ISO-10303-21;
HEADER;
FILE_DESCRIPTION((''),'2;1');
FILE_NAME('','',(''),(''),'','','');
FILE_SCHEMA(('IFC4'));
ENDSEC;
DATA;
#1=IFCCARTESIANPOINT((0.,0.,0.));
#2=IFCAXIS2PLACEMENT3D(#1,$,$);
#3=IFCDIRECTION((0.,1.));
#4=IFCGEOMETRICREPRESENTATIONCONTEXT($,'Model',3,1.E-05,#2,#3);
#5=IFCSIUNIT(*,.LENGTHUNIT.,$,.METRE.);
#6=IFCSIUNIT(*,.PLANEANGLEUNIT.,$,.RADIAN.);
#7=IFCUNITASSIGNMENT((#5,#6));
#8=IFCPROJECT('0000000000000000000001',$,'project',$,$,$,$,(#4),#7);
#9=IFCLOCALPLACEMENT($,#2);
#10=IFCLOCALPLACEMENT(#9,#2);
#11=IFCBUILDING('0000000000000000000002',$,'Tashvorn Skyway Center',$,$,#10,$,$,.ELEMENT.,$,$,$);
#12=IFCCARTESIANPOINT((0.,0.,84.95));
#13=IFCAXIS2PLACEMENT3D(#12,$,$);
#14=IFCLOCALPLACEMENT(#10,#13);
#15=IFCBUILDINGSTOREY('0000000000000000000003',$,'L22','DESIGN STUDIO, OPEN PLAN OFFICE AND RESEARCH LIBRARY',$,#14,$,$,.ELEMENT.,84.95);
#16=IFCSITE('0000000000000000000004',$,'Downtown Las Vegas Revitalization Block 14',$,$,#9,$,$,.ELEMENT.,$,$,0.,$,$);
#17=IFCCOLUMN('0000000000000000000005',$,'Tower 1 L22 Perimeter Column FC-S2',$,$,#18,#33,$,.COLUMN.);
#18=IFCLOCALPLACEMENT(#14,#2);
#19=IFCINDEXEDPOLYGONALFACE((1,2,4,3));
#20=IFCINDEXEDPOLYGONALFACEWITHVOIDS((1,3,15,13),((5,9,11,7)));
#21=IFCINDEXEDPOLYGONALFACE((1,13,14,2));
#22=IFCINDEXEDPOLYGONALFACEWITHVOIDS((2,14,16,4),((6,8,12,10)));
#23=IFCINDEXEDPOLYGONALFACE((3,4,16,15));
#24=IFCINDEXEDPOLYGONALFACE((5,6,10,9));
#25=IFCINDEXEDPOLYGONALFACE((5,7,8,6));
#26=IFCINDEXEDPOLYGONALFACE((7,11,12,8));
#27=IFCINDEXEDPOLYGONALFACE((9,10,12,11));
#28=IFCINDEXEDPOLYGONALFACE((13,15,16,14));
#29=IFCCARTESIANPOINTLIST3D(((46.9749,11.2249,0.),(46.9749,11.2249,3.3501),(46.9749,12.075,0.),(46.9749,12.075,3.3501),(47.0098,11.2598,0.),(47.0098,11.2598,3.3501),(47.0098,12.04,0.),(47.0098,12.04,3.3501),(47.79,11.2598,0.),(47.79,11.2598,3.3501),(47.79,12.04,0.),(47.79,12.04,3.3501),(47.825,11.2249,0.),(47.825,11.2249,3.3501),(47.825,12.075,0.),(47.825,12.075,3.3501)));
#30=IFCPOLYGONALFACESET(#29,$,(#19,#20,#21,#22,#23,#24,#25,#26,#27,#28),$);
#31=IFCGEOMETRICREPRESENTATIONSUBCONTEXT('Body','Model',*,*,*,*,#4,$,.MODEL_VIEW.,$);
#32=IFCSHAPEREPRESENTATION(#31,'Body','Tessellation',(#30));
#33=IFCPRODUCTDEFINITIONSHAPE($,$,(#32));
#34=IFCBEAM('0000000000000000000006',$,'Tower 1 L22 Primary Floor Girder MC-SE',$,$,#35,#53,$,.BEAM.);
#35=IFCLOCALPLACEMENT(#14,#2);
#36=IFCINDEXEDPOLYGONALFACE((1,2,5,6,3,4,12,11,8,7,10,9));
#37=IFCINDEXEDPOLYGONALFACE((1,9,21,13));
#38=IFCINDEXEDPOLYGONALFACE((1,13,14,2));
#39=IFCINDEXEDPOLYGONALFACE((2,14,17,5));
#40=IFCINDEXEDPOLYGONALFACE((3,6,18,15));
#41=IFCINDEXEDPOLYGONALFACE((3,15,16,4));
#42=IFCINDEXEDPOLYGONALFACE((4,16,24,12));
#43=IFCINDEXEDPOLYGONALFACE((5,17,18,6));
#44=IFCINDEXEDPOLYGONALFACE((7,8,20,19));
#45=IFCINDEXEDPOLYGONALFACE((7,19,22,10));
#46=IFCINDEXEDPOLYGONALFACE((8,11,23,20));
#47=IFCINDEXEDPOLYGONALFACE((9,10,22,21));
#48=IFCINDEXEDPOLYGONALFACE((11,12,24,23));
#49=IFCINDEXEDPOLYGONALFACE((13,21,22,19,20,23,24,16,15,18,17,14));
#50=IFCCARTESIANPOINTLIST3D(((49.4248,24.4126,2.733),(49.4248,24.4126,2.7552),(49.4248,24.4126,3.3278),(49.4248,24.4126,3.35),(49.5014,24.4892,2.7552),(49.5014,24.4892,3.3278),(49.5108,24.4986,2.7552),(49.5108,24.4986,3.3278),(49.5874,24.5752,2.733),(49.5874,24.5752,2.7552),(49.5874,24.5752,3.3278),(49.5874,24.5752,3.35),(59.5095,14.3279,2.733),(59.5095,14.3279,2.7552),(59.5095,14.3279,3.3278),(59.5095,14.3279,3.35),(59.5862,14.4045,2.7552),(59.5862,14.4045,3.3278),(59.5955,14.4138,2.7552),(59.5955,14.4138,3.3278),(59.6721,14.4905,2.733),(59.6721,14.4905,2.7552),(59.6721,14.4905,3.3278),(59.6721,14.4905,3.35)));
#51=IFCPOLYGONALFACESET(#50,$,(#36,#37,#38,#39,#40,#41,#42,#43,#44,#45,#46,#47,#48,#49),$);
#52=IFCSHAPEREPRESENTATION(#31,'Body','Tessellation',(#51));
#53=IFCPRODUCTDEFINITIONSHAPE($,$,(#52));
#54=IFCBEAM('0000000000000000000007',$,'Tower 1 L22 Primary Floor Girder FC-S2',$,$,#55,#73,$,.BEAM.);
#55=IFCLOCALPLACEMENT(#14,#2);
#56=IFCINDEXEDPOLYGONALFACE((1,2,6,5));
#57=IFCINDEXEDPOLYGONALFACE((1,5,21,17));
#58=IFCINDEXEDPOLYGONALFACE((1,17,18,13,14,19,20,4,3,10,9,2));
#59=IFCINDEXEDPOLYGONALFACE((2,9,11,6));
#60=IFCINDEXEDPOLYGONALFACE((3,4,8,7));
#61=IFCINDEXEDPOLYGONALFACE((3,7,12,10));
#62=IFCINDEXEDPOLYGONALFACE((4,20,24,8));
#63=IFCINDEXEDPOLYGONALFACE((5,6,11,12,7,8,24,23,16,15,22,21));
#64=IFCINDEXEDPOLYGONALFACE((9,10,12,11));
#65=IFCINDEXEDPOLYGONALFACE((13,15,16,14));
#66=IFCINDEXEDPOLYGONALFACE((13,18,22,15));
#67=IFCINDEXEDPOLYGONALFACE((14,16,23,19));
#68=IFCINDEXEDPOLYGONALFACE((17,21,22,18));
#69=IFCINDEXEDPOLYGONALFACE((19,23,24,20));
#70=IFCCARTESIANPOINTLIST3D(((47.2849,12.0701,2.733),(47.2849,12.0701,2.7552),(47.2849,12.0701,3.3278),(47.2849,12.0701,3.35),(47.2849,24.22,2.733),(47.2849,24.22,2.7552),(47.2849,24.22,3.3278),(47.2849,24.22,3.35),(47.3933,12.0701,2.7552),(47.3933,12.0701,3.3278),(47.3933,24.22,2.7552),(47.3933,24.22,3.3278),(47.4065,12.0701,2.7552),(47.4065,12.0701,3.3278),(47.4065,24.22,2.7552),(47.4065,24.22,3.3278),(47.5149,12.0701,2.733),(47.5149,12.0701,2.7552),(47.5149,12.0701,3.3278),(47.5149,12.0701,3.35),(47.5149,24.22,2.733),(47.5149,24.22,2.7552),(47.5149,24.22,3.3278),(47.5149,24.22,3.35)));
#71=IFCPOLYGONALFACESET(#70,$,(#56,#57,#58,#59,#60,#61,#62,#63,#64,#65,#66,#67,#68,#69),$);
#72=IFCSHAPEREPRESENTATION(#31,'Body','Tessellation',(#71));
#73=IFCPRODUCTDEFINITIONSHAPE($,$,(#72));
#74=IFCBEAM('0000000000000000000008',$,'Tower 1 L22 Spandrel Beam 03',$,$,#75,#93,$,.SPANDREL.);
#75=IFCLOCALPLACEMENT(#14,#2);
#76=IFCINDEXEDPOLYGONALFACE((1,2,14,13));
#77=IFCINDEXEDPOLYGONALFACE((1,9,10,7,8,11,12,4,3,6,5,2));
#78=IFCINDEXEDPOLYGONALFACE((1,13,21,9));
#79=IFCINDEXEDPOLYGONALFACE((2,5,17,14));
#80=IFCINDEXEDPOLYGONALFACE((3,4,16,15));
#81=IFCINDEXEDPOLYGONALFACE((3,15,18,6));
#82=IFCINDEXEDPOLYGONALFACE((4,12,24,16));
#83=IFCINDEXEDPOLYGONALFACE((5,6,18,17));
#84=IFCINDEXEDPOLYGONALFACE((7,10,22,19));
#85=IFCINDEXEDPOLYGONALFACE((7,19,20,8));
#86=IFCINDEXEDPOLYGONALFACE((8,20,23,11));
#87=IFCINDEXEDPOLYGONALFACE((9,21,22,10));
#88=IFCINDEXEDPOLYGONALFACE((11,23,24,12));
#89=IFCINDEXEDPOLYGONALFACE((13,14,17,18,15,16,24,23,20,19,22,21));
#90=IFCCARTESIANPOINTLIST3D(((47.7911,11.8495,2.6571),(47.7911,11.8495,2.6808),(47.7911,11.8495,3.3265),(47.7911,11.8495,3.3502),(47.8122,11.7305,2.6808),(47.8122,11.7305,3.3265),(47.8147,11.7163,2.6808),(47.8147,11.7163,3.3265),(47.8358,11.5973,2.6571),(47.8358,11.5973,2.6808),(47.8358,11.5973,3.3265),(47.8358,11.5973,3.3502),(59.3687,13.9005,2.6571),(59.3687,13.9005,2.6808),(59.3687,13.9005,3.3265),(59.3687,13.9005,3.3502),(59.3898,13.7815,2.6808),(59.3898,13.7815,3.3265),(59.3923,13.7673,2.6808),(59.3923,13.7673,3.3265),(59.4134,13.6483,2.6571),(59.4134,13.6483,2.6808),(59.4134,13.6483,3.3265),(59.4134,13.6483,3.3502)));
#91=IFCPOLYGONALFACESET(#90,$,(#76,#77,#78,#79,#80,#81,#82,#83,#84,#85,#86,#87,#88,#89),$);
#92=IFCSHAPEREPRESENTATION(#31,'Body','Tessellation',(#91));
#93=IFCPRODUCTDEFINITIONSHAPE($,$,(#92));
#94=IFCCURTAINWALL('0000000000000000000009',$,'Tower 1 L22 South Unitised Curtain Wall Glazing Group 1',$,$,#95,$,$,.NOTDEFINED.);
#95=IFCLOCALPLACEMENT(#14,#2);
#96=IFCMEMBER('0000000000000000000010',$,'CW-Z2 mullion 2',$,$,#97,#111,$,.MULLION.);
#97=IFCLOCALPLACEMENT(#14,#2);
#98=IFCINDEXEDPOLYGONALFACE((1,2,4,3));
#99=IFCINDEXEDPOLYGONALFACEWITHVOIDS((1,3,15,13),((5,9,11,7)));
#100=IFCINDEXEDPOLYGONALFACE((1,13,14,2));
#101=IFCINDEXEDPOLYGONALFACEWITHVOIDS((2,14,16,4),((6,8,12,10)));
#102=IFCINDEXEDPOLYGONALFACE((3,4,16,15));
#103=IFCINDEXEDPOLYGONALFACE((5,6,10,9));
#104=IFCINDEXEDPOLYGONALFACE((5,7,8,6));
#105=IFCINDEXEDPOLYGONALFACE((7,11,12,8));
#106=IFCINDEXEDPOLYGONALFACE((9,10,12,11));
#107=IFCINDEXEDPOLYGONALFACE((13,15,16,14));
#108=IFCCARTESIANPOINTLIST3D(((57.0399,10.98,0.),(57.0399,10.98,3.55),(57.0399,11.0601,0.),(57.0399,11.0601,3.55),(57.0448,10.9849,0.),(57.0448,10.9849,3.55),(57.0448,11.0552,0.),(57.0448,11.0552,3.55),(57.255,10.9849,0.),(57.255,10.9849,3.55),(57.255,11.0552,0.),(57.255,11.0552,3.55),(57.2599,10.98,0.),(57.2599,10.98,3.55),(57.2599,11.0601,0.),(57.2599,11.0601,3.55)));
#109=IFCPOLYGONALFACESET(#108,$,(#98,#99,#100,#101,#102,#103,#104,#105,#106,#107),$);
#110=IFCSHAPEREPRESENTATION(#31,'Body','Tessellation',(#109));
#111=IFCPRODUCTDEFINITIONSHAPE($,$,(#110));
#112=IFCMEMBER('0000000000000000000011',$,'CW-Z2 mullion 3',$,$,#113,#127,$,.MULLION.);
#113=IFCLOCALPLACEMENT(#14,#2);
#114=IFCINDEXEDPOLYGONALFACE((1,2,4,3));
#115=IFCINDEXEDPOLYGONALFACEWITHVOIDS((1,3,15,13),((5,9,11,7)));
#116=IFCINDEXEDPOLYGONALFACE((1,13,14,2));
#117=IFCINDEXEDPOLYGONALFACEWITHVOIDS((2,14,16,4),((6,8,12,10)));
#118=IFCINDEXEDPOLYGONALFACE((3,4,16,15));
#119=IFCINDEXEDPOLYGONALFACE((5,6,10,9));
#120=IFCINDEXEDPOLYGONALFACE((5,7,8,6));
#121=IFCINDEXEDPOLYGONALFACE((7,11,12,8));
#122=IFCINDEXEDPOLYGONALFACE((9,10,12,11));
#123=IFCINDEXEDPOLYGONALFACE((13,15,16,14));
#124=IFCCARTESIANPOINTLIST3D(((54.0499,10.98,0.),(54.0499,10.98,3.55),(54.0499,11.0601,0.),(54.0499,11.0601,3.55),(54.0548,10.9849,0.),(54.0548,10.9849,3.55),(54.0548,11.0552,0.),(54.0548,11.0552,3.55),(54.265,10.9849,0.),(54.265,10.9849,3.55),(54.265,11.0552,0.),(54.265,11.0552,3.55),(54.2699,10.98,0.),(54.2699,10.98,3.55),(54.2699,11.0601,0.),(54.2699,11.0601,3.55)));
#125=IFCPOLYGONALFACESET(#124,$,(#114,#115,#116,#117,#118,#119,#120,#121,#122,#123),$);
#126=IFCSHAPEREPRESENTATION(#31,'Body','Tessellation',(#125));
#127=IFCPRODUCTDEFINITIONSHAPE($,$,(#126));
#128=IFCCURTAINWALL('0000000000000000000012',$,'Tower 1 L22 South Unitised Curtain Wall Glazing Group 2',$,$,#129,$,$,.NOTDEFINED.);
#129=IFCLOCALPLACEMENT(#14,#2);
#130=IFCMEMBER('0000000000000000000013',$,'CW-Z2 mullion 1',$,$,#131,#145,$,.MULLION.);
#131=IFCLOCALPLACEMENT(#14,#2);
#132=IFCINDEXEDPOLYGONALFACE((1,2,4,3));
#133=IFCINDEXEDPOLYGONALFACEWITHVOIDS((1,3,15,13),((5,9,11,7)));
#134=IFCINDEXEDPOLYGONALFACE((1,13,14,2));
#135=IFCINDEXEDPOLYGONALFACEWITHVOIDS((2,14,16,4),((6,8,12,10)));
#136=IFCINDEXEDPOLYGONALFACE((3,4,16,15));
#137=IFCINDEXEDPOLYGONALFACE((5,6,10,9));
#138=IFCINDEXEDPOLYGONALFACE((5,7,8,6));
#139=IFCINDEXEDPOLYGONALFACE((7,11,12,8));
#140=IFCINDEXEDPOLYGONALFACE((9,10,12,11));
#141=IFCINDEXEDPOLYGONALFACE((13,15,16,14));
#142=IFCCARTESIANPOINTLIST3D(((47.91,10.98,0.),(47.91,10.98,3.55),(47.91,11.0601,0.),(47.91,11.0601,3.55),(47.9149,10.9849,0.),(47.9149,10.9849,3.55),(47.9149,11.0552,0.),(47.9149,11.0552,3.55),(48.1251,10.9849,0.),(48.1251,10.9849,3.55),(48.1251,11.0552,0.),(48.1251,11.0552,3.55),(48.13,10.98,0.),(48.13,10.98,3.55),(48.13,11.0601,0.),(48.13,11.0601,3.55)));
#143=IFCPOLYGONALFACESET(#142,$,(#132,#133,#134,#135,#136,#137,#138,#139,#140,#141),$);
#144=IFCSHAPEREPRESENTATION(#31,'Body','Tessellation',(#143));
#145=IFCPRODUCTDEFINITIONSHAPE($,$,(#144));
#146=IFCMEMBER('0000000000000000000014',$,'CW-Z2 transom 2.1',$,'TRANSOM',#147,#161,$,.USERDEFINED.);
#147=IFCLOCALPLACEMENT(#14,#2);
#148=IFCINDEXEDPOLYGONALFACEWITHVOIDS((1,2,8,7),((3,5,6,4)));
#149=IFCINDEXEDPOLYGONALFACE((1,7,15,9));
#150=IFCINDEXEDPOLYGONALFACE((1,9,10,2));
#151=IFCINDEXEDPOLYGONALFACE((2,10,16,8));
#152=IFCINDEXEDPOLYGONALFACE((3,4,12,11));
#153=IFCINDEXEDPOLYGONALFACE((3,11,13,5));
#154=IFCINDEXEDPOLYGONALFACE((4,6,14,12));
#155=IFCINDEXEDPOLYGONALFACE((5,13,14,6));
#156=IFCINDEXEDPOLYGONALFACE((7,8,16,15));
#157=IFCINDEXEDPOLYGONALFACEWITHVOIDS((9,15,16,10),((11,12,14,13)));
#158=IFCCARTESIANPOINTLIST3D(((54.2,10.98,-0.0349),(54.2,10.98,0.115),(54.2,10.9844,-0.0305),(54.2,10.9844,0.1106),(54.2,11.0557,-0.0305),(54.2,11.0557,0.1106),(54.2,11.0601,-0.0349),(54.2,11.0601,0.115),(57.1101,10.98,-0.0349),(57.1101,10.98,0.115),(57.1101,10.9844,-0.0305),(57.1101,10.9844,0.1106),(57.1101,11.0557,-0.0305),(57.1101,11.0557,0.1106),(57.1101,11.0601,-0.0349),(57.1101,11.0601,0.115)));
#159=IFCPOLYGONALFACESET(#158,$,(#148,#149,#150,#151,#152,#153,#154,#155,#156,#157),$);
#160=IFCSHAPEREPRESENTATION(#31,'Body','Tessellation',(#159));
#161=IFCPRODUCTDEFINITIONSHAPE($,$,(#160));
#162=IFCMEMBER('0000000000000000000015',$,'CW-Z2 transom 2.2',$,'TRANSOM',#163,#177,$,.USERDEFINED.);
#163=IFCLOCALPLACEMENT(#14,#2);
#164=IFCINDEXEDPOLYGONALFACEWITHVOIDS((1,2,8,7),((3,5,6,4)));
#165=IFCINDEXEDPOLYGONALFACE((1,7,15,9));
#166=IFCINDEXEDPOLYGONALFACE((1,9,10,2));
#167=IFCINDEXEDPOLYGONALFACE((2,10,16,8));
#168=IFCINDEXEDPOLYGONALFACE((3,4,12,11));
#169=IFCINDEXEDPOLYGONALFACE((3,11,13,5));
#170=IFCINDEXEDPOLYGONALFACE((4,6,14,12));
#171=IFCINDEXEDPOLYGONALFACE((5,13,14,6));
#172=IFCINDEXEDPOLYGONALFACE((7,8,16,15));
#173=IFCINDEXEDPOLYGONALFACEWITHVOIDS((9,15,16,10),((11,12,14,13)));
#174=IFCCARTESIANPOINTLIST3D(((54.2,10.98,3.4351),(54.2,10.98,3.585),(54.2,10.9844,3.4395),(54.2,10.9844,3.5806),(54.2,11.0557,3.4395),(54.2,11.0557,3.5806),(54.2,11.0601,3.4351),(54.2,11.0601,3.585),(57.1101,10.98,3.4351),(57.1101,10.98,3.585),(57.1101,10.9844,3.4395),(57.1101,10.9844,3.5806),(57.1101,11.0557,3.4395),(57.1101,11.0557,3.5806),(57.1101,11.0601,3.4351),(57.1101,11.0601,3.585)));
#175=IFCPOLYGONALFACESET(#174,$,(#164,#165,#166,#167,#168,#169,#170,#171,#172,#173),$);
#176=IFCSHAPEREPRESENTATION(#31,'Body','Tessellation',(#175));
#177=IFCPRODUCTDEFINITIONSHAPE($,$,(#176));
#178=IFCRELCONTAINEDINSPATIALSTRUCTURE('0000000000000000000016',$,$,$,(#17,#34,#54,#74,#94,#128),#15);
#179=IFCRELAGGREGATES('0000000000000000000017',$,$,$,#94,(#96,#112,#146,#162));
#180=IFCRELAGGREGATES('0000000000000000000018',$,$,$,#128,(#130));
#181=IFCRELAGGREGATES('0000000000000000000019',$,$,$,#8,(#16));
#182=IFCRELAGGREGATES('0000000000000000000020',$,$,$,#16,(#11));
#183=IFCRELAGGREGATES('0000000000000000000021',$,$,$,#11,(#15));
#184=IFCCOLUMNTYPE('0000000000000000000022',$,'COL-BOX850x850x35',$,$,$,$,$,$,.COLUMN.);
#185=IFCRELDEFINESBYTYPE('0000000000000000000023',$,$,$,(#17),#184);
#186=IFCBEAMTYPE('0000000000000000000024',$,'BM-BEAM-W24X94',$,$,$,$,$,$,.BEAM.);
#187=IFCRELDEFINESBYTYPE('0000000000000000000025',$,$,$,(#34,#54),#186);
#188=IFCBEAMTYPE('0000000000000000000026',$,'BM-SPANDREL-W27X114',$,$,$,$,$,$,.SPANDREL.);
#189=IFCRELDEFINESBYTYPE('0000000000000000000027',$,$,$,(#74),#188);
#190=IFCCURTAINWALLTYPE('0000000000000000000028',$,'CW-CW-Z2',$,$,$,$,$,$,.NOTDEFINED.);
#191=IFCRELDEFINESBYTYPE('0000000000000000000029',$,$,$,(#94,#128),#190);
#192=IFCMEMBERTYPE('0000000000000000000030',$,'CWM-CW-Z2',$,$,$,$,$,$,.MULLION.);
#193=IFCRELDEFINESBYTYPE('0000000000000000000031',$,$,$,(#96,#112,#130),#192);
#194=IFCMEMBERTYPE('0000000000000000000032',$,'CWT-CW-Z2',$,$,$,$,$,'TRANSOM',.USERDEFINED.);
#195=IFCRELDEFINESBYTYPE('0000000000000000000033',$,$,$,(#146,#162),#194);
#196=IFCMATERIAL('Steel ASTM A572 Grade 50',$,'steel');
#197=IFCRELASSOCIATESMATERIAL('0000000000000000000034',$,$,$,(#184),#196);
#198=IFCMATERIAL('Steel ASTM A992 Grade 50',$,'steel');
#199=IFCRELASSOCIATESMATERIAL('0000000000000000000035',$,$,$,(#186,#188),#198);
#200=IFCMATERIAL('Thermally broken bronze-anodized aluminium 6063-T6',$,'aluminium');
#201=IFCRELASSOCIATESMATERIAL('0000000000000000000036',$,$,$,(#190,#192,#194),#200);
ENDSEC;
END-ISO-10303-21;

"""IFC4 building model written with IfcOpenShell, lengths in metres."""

from ifc_helpers import new_model, si_unit, direction, frame, origin, origin_2d, place, context, subcontext, project, spatial, hollow_rectangle, i_section, extrude, material, material_profile, profile_set, type_object, element, aggregate, save


model = new_model("IFC4")

# Units and contexts
model_context = context("Model", 3, precision=1e-05, world=origin(), true_north=direction((0.0, 1.0)))
body_context = subcontext(model_context, "Body", "Model", "MODEL_VIEW")
ifc_project = project(units=[si_unit("LENGTHUNIT", "METRE"), si_unit("PLANEANGLEUNIT", "RADIAN")], contexts=[model_context])

# Site, building, storey
site_placement = place(None, origin())
site = spatial("IfcSite", under=ifc_project, at=site_placement, Name="Downtown Las Vegas Revitalization Block 14", CompositionType="ELEMENT", RefElevation=0.0)
building_placement = place(site_placement, origin())
building = spatial("IfcBuilding", under=site, at=building_placement, Name="Tashvorn Skyway Center", CompositionType="ELEMENT")
storey_placement = place(building_placement, frame((0.0, 0.0, 84.95)))
storey = spatial("IfcBuildingStorey", under=building, at=storey_placement, Name="L22", Description="DESIGN STUDIO, OPEN PLAN OFFICE AND RESEARCH LIBRARY", CompositionType="ELEMENT", Elevation=84.95)

# Column
ifc_material_1 = material(Name="Steel ASTM A572 Grade 50", Category="steel")
ifc_material_profile_1 = material_profile(ifc_material_1, hollow_rectangle(XDim=0.8501, YDim=0.8501, WallThickness=0.0349, at=origin_2d()), Name="BOX850x850x35")
ifc_profile_set_1 = profile_set([ifc_material_profile_1], Name="Steel ASTM A572 Grade 50")
column_type = type_object("IfcColumnType", Name="COL-BOX850x850x35", PredefinedType="COLUMN", material=ifc_profile_set_1)
column_placement = place(storey_placement, frame((47.3999, 11.6499, 0.0), z_axis=(0.0, 0.0, 1.0), x_axis=(1.0, 0.0, 0.0)))
element("IfcColumn", 1, at=column_placement, inside=storey, type_object=column_type, Name="Tower 1 L22 Perimeter Column FC-S2", PredefinedType="COLUMN", context=body_context, shape_type="SweptSolid", body=[
    extrude(hollow_rectangle(XDim=0.8501, YDim=0.8501, WallThickness=0.0349, at=origin_2d()), origin(), (0.0, 0.0, 1.0), 3.3501),
])

# Beams
ifc_material_2 = material(Name="Steel ASTM A992 Grade 50", Category="steel")
ifc_material_profile_2 = material_profile(ifc_material_2, i_section(OverallWidth=0.23, OverallDepth=0.6169, WebThickness=0.0132, FlangeThickness=0.0222, at=origin_2d()), Name="W24X94")
ifc_profile_set_2 = profile_set([ifc_material_profile_2], Name="Steel ASTM A992 Grade 50")
beam_type_1 = type_object("IfcBeamType", Name="BM-BEAM-W24X94", PredefinedType="BEAM", material=ifc_profile_set_2)
beam_1_placement = place(storey_placement, frame((59.5908, 14.4092, 3.0415), z_axis=(-0.707107, 0.707107, 0.0), x_axis=(-0.707107, -0.707107, 0.0)))
element("IfcBeam", 2, at=beam_1_placement, inside=storey, type_object=beam_type_1, Name="Tower 1 L22 Primary Floor Girder MC-SE", PredefinedType="BEAM", context=body_context, shape_type="SweptSolid", body=[
    extrude(i_section(OverallWidth=0.23, OverallDepth=0.6169, WebThickness=0.0132, FlangeThickness=0.0222, at=origin_2d()), origin(), (0.0, 0.0, 1.0), 14.262),
])
beam_2_placement = place(storey_placement, frame((47.3999, 12.0701, 3.0415), z_axis=(0.0, 1.0, 0.0), x_axis=(-1.0, 0.0, 0.0)))
element("IfcBeam", 3, at=beam_2_placement, inside=storey, type_object=beam_type_1, Name="Tower 1 L22 Primary Floor Girder FC-S2", PredefinedType="BEAM", context=body_context, shape_type="SweptSolid", body=[
    extrude(i_section(OverallWidth=0.23, OverallDepth=0.6169, WebThickness=0.0132, FlangeThickness=0.0222, at=origin_2d()), origin(), (0.0, 0.0, 1.0), 12.1499),
])
ifc_material_profile_3 = material_profile(ifc_material_2, i_section(OverallWidth=0.2561, OverallDepth=0.6931, WebThickness=0.0144, FlangeThickness=0.0237, at=origin_2d()), Name="W27X114")
ifc_profile_set_3 = profile_set([ifc_material_profile_3], Name="Steel ASTM A992 Grade 50")
beam_type_2 = type_object("IfcBeamType", Name="BM-SPANDREL-W27X114", PredefinedType="SPANDREL", material=ifc_profile_set_3)
beam_3_placement = place(storey_placement, frame((47.8135, 11.7234, 3.0037), z_axis=(0.984668, 0.174438, 0.0), x_axis=(-0.174438, 0.984668, 0.0)))
element("IfcBeam", 4, at=beam_3_placement, inside=storey, type_object=beam_type_2, Name="Tower 1 L22 Spandrel Beam 03", PredefinedType="SPANDREL", context=body_context, shape_type="SweptSolid", body=[
    extrude(i_section(OverallWidth=0.2561, OverallDepth=0.6931, WebThickness=0.0144, FlangeThickness=0.0237, at=origin_2d()), origin(), (0.0, 0.0, 1.0), 11.7578),
])

# Curtain wall, members
ifc_material_3 = material(Name="Thermally broken bronze-anodized aluminium 6063-T6", Category="aluminium")
curtain_wall_type = type_object("IfcCurtainWallType", Name="CW-CW-Z2", PredefinedType="NOTDEFINED", material=ifc_material_3)
curtain_wall_1_placement = place(storey_placement, origin())
curtain_wall_1 = element("IfcCurtainWall", 5, at=curtain_wall_1_placement, inside=storey, type_object=curtain_wall_type, Name="Tower 1 L22 South Unitised Curtain Wall Glazing Group 1", PredefinedType="NOTDEFINED")
ifc_material_profile_4 = material_profile(ifc_material_3, hollow_rectangle(XDim=0.0801, YDim=0.22, WallThickness=0.0049, at=origin_2d()), Name="ALU-MULL-80x220")
ifc_profile_set_4 = profile_set([ifc_material_profile_4], Name="Thermally broken bronze-anodized aluminium 6063-T6")
member_type_1 = type_object("IfcMemberType", Name="CWM-CW-Z2", PredefinedType="MULLION", material=ifc_profile_set_4)
member_1_placement = place(storey_placement, frame((57.1499, 11.02, 0.0), z_axis=(0.0, 0.0, 1.0), x_axis=(0.0, -1.0, 0.0)))
member_1 = element("IfcMember", 6, at=member_1_placement, type_object=member_type_1, Name="CW-Z2 mullion 2", PredefinedType="MULLION", context=body_context, shape_type="SweptSolid", body=[
    extrude(hollow_rectangle(XDim=0.0801, YDim=0.22, WallThickness=0.0049, at=origin_2d()), origin(), (0.0, 0.0, 1.0), 3.55),
])
member_2_placement = place(storey_placement, frame((54.1599, 11.02, 0.0), z_axis=(0.0, 0.0, 1.0), x_axis=(0.0, -1.0, 0.0)))
member_2 = element("IfcMember", 7, at=member_2_placement, type_object=member_type_1, Name="CW-Z2 mullion 3", PredefinedType="MULLION", context=body_context, shape_type="SweptSolid", body=[
    extrude(hollow_rectangle(XDim=0.0801, YDim=0.22, WallThickness=0.0049, at=origin_2d()), origin(), (0.0, 0.0, 1.0), 3.55),
])

# Curtain wall, member
curtain_wall_2_placement = place(storey_placement, origin())
curtain_wall_2 = element("IfcCurtainWall", 8, at=curtain_wall_2_placement, inside=storey, type_object=curtain_wall_type, Name="Tower 1 L22 South Unitised Curtain Wall Glazing Group 2", PredefinedType="NOTDEFINED")
member_3_placement = place(storey_placement, frame((48.02, 11.02, 0.0), z_axis=(0.0, 0.0, 1.0), x_axis=(0.0, -1.0, 0.0)))
member_3 = element("IfcMember", 9, at=member_3_placement, type_object=member_type_1, Name="CW-Z2 mullion 1", PredefinedType="MULLION", context=body_context, shape_type="SweptSolid", body=[
    extrude(hollow_rectangle(XDim=0.0801, YDim=0.22, WallThickness=0.0049, at=origin_2d()), origin(), (0.0, 0.0, 1.0), 3.55),
])

# Members
ifc_material_profile_5 = material_profile(ifc_material_3, hollow_rectangle(XDim=0.0801, YDim=0.1499, WallThickness=0.0044, at=origin_2d()), Name="ALU-TRAN-80x150")
ifc_profile_set_5 = profile_set([ifc_material_profile_5], Name="Thermally broken bronze-anodized aluminium 6063-T6")
member_type_2 = type_object("IfcMemberType", Name="CWT-CW-Z2", ElementType="TRANSOM", PredefinedType="USERDEFINED", material=ifc_profile_set_5)
member_4_placement = place(storey_placement, frame((57.1101, 11.02, 0.04), z_axis=(-1.0, 0.0, 0.0), x_axis=(0.0, -1.0, 0.0)))
member_4 = element("IfcMember", 10, at=member_4_placement, type_object=member_type_2, Name="CW-Z2 transom 2.1", ObjectType="TRANSOM", PredefinedType="USERDEFINED", context=body_context, shape_type="SweptSolid", body=[
    extrude(hollow_rectangle(XDim=0.0801, YDim=0.1499, WallThickness=0.0044, at=origin_2d()), origin(), (0.0, 0.0, 1.0), 2.9102),
])
member_5_placement = place(storey_placement, frame((57.1101, 11.02, 3.51), z_axis=(-1.0, 0.0, 0.0), x_axis=(0.0, -1.0, 0.0)))
member_5 = element("IfcMember", 11, at=member_5_placement, type_object=member_type_2, Name="CW-Z2 transom 2.2", ObjectType="TRANSOM", PredefinedType="USERDEFINED", context=body_context, shape_type="SweptSolid", body=[
    extrude(hollow_rectangle(XDim=0.0801, YDim=0.1499, WallThickness=0.0044, at=origin_2d()), origin(), (0.0, 0.0, 1.0), 2.9102),
])

aggregate(curtain_wall_1, [member_1, member_2, member_4, member_5])
aggregate(curtain_wall_2, [member_3])

save(model, "model.ifc")
